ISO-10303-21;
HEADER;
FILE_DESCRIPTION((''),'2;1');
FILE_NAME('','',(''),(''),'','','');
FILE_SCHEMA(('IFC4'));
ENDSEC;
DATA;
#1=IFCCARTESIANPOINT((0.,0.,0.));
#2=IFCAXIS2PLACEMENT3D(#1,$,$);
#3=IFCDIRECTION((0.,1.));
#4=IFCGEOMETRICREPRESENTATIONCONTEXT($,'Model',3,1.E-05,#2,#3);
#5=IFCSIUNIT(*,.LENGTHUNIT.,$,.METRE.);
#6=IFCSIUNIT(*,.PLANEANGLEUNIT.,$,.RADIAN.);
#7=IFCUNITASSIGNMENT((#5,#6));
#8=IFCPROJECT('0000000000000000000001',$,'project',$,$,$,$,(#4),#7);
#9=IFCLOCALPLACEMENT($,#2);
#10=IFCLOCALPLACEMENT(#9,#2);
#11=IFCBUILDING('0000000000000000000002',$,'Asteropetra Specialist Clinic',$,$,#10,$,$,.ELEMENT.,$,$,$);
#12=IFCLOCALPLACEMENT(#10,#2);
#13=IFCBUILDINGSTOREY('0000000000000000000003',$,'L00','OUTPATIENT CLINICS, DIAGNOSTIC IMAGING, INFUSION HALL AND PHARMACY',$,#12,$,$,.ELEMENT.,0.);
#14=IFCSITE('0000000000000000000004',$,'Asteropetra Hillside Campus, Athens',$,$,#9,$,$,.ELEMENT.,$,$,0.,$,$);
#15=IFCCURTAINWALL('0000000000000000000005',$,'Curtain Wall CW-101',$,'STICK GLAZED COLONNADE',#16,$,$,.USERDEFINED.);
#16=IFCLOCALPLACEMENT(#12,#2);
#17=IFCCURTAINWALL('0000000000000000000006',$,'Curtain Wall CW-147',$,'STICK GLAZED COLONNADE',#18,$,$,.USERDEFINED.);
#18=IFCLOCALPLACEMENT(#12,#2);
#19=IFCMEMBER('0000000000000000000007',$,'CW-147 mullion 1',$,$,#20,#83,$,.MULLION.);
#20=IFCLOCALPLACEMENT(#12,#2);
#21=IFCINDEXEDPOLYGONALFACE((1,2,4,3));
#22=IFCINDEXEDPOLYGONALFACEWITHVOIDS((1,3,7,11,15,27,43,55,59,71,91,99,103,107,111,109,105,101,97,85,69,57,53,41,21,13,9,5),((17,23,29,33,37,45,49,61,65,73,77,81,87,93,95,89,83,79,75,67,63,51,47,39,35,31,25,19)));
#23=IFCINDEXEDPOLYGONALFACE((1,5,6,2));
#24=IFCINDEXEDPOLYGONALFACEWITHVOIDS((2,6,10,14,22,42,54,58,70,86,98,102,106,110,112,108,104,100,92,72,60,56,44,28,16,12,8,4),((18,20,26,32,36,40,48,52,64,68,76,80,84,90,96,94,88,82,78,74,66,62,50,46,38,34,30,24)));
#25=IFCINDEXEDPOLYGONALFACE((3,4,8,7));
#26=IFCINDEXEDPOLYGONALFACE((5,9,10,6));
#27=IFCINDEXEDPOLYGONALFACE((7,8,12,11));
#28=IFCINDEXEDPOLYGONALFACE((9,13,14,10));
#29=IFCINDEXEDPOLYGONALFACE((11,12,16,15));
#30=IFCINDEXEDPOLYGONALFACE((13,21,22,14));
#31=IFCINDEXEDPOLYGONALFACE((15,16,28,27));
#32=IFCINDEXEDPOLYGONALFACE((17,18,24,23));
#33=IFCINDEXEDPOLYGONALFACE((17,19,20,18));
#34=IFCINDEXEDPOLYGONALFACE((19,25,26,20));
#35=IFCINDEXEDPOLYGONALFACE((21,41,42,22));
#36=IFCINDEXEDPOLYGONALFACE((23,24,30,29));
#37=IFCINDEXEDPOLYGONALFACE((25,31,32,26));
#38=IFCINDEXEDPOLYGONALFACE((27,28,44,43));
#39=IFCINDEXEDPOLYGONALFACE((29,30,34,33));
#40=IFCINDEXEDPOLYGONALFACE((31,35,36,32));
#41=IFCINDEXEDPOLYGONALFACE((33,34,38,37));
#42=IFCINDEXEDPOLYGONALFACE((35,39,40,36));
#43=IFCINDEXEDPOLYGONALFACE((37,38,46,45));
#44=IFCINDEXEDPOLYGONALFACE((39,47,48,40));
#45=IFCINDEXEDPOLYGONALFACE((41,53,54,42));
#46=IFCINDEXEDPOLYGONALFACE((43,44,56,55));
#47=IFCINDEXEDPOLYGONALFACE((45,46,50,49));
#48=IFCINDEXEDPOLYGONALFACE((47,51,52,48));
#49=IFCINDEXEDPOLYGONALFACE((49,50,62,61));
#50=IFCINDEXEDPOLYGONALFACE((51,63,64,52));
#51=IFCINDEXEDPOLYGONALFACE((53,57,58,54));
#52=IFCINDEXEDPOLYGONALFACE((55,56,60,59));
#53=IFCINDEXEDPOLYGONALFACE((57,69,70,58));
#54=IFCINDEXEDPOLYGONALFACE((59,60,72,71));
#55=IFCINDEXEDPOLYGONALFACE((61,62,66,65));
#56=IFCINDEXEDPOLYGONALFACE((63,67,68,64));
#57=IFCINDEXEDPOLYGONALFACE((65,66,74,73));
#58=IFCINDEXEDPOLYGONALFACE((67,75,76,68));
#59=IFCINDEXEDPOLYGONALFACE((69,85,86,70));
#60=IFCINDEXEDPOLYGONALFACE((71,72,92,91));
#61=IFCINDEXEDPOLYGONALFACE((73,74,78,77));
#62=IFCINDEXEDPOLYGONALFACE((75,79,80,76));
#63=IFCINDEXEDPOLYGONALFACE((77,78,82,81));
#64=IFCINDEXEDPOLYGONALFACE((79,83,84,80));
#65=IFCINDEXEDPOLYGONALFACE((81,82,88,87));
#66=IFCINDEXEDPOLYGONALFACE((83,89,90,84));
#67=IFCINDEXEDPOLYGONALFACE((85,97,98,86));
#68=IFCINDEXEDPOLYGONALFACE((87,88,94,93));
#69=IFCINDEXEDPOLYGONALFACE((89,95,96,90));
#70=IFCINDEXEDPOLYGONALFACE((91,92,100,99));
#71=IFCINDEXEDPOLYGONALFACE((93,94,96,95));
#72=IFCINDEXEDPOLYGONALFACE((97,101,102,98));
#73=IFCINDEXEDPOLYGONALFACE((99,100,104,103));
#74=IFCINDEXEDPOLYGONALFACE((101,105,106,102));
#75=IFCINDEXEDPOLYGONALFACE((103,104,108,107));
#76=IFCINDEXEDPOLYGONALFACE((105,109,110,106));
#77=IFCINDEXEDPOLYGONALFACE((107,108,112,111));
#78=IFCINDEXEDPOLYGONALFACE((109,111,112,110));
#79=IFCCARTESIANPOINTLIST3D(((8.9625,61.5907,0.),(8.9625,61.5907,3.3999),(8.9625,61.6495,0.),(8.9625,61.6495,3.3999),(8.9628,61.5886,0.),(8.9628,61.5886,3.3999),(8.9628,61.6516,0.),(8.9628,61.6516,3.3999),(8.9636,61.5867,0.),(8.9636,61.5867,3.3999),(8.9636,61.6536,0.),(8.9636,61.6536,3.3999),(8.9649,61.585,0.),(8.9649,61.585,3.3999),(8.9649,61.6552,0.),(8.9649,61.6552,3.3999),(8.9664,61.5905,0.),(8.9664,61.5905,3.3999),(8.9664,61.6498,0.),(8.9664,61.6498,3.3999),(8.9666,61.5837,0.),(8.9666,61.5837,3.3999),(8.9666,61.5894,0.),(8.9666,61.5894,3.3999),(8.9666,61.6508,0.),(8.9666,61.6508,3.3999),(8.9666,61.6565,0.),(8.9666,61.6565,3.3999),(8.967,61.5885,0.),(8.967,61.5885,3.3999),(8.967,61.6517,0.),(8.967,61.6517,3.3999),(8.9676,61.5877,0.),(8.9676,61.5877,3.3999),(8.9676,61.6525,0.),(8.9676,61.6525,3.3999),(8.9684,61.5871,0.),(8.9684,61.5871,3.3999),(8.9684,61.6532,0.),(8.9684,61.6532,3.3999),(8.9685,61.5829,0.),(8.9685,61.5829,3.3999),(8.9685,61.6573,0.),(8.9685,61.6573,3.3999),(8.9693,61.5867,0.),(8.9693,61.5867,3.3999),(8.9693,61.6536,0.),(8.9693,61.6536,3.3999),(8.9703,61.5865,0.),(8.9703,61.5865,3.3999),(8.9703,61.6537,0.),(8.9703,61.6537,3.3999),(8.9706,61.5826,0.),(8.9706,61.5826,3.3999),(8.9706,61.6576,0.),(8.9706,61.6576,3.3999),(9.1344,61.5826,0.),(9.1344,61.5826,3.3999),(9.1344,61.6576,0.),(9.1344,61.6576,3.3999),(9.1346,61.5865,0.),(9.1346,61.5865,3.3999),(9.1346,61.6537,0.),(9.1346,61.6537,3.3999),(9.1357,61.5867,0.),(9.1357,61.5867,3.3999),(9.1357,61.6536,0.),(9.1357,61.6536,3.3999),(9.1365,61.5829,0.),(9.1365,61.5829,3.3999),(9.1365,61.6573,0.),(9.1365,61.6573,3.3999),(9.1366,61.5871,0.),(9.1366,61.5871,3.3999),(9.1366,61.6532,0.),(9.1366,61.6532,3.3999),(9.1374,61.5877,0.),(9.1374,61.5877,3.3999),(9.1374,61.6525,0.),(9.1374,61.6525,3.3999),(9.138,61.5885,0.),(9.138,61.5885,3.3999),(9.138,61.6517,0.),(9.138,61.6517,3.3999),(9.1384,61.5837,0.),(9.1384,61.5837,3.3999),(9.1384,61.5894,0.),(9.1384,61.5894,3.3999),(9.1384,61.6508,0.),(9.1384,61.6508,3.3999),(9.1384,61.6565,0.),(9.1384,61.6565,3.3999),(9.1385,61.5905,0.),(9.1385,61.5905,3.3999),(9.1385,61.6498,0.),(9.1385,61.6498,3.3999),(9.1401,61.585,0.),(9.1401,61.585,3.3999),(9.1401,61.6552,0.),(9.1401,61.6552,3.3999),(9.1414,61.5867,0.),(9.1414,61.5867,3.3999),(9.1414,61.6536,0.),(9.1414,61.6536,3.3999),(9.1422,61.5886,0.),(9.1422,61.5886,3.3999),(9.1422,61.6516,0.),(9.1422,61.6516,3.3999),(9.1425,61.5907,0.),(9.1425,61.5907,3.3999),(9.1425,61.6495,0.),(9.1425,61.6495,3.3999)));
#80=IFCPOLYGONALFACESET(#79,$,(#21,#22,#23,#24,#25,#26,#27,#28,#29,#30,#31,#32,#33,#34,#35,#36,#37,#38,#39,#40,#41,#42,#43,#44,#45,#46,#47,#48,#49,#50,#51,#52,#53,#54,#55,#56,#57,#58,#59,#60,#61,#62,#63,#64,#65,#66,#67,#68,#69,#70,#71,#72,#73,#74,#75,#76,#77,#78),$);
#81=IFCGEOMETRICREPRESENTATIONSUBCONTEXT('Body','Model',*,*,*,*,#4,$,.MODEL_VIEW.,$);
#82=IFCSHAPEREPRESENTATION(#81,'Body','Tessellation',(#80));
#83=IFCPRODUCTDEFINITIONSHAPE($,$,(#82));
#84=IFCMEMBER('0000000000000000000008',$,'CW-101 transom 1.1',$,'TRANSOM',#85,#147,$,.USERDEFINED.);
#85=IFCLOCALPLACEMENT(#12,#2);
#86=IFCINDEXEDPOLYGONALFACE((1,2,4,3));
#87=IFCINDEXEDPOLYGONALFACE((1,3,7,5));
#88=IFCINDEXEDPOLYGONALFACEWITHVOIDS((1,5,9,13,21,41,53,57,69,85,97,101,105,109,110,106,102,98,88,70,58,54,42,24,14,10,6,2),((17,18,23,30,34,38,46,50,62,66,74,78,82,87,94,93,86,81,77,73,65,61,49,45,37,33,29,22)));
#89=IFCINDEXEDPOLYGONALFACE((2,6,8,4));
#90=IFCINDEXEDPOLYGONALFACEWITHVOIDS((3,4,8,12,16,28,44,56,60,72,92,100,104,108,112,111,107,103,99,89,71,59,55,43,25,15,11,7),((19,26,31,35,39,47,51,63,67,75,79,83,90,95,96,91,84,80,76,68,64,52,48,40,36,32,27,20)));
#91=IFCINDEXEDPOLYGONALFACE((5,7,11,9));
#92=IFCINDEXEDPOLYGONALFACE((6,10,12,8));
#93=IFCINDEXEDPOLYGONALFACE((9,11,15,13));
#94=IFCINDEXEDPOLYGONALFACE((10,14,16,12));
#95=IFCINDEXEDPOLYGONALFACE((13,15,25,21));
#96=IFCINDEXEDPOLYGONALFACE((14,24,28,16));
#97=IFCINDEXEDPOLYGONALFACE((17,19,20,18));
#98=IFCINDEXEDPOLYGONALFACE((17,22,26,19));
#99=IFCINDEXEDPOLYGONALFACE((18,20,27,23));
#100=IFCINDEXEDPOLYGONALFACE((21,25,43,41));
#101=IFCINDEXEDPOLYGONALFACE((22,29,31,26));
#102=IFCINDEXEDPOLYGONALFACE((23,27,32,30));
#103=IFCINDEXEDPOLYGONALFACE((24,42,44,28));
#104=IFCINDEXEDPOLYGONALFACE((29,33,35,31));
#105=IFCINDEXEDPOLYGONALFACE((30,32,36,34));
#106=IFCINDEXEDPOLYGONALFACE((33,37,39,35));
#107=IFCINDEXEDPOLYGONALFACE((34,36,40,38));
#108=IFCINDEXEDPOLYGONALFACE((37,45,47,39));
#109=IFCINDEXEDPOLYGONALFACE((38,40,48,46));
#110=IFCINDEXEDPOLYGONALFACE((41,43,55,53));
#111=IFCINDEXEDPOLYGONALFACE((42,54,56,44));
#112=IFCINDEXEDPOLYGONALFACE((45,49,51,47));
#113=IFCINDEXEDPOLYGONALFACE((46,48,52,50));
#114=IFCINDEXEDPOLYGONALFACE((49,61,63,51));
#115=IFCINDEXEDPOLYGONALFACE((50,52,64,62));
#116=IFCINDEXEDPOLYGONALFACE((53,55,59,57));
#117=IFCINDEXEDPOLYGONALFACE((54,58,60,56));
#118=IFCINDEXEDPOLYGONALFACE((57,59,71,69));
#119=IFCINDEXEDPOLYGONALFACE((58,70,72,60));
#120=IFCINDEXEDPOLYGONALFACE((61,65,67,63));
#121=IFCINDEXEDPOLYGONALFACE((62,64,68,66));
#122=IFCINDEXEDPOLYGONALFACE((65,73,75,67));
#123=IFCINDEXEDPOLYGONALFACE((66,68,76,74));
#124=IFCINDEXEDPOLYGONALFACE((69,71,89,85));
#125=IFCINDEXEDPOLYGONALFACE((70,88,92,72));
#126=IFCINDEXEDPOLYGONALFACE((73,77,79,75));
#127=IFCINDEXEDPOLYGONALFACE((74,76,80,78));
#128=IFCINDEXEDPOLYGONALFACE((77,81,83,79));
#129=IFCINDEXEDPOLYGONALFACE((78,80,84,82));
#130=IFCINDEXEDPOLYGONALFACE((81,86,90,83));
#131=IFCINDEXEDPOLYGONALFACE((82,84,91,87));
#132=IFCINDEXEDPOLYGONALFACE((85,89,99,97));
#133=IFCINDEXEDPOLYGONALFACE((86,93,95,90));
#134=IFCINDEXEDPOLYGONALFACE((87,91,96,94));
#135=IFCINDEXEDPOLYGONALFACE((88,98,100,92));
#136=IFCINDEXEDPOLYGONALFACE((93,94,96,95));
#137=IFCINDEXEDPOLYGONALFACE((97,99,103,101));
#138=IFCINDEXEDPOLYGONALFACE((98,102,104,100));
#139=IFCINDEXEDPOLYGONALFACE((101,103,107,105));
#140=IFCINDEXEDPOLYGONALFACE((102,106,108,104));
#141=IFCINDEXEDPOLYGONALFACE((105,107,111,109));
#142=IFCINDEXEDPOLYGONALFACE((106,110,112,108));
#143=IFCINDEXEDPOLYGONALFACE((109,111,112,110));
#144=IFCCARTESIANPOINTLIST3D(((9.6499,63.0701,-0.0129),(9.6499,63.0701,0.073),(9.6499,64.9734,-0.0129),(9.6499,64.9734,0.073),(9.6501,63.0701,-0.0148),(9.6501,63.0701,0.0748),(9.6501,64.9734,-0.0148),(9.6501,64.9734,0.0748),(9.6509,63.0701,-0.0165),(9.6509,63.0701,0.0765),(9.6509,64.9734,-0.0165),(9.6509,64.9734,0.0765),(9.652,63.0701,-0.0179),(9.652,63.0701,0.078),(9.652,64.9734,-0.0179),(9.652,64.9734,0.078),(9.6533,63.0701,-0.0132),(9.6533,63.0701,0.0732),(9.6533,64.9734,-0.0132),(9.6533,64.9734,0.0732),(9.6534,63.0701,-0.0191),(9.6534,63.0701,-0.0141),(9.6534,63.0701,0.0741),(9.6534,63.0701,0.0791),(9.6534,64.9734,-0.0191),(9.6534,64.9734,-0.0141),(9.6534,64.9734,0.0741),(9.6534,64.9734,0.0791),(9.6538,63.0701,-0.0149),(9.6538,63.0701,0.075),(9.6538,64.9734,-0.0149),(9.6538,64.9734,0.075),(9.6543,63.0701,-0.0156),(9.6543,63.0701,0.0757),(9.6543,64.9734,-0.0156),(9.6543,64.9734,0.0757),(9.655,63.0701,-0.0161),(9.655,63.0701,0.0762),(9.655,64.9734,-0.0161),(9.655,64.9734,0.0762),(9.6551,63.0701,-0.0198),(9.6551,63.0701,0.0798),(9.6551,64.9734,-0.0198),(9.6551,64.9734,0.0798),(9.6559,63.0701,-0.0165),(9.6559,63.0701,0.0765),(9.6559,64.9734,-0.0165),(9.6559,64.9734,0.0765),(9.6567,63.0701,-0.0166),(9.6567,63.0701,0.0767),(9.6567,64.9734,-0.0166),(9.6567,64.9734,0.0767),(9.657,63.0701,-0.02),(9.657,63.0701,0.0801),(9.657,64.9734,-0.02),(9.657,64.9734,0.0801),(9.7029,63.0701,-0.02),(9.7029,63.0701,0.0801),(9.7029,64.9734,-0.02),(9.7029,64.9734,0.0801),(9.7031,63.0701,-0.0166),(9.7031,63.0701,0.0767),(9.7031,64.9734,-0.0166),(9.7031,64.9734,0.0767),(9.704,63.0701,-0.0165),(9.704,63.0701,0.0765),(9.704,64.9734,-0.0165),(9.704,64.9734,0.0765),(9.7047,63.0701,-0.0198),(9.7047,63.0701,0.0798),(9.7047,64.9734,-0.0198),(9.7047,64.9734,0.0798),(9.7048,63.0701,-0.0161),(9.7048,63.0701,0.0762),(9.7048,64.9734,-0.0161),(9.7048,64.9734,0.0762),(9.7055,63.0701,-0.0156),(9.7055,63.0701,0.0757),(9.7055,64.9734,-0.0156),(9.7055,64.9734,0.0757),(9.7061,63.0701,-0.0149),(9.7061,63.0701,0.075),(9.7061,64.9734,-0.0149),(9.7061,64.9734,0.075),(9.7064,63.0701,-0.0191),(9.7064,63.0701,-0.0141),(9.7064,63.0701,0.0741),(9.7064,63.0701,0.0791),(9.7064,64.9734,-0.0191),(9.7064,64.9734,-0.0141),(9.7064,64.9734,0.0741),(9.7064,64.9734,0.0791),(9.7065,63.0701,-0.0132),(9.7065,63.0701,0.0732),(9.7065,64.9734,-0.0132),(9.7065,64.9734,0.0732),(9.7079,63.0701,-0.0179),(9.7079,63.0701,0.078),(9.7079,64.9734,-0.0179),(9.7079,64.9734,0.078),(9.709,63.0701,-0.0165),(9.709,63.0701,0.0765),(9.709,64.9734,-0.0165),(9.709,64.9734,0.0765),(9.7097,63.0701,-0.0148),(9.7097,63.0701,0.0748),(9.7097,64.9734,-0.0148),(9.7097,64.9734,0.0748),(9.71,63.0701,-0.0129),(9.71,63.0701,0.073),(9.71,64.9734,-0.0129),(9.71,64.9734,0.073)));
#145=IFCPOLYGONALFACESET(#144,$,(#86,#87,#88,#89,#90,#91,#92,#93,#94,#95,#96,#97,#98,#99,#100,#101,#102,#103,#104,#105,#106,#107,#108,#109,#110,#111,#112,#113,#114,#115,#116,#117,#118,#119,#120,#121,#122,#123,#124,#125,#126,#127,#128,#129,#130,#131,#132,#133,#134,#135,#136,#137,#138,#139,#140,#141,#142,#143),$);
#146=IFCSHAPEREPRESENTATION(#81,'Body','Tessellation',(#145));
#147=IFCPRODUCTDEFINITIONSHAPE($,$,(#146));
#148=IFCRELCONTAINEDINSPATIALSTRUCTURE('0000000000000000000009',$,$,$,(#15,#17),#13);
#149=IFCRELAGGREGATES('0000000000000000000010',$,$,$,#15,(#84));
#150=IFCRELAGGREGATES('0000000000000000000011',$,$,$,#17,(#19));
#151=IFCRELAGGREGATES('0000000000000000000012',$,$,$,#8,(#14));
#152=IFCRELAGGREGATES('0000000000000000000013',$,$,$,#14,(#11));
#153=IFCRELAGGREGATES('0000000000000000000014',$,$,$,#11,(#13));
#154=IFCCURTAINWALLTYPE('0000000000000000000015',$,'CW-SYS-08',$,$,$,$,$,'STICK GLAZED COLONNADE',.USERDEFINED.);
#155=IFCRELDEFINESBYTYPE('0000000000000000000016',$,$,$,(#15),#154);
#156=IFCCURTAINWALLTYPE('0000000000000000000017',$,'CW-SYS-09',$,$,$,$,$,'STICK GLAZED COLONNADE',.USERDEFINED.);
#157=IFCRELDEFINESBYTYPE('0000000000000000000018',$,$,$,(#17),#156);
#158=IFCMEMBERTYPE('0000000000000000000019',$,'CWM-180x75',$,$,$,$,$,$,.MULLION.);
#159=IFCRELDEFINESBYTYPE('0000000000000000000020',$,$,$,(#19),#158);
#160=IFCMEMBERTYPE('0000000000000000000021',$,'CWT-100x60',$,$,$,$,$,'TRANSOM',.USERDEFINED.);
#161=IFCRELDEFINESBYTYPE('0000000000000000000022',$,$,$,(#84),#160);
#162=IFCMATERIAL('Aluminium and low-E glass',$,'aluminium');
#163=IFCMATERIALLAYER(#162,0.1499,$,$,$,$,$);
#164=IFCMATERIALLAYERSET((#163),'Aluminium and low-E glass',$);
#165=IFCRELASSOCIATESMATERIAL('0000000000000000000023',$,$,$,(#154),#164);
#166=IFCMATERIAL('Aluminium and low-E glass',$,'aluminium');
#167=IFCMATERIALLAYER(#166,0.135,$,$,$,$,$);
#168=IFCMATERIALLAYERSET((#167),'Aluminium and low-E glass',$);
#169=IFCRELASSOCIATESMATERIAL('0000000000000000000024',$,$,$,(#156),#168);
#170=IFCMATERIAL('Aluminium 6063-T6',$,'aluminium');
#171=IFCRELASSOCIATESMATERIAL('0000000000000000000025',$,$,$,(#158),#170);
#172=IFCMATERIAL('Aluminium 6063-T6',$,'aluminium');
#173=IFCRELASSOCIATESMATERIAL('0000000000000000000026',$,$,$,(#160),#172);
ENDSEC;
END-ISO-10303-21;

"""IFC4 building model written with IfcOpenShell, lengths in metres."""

from ifc_helpers import new_model, si_unit, direction, frame, origin, origin_2d, place, context, subcontext, project, spatial, hollow_rectangle, extrude, material, layer, layer_set, material_profile, profile_set, type_object, element, aggregate, save


model = new_model("IFC4")

# Units and contexts
model_context = context("Model", 3, precision=1e-05, world=origin(), true_north=direction((0.0, 1.0)))
body_context = subcontext(model_context, "Body", "Model", "MODEL_VIEW")
ifc_project = project(units=[si_unit("LENGTHUNIT", "METRE"), si_unit("PLANEANGLEUNIT", "RADIAN")], contexts=[model_context])

# Site, building, storey
site_placement = place(None, origin())
site = spatial("IfcSite", under=ifc_project, at=site_placement, Name="Asteropetra Hillside Campus, Athens", CompositionType="ELEMENT", RefElevation=0.0)
building_placement = place(site_placement, origin())
building = spatial("IfcBuilding", under=site, at=building_placement, Name="Asteropetra Specialist Clinic", CompositionType="ELEMENT")
storey_placement = place(building_placement, origin())
storey = spatial("IfcBuildingStorey", under=building, at=storey_placement, Name="L00", Description="OUTPATIENT CLINICS, DIAGNOSTIC IMAGING, INFUSION HALL AND PHARMACY", CompositionType="ELEMENT", Elevation=0.0)

# Curtain walls, member
ifc_material_1 = material(Name="Aluminium and low-E glass", Category="aluminium")
ifc_layer_1 = layer(ifc_material_1, 0.1499)
ifc_layer_set_1 = layer_set([ifc_layer_1], Name="Aluminium and low-E glass")
curtain_wall_type_1 = type_object("IfcCurtainWallType", Name="CW-SYS-08", ElementType="STICK GLAZED COLONNADE", PredefinedType="USERDEFINED", material=ifc_layer_set_1)
curtain_wall_1_placement = place(storey_placement, origin())
curtain_wall_1 = element("IfcCurtainWall", 1, at=curtain_wall_1_placement, inside=storey, type_object=curtain_wall_type_1, Name="Curtain Wall CW-101", ObjectType="STICK GLAZED COLONNADE", PredefinedType="USERDEFINED")
ifc_material_2 = material(Name="Aluminium and low-E glass", Category="aluminium")
ifc_layer_2 = layer(ifc_material_2, 0.135)
ifc_layer_set_2 = layer_set([ifc_layer_2], Name="Aluminium and low-E glass")
curtain_wall_type_2 = type_object("IfcCurtainWallType", Name="CW-SYS-09", ElementType="STICK GLAZED COLONNADE", PredefinedType="USERDEFINED", material=ifc_layer_set_2)
curtain_wall_2_placement = place(storey_placement, origin())
curtain_wall_2 = element("IfcCurtainWall", 2, at=curtain_wall_2_placement, inside=storey, type_object=curtain_wall_type_2, Name="Curtain Wall CW-147", ObjectType="STICK GLAZED COLONNADE", PredefinedType="USERDEFINED")
ifc_material_3 = material(Name="Aluminium 6063-T6", Category="aluminium")
ifc_material_profile_1 = material_profile(ifc_material_3, hollow_rectangle(XDim=0.075, YDim=0.1799, WallThickness=0.0039, InnerFilletRadius=0.0039, OuterFilletRadius=0.0081, at=origin_2d()), Name="MUL 180x75x4.0")
ifc_profile_set_1 = profile_set([ifc_material_profile_1], Name="Aluminium 6063-T6")
member_type_1 = type_object("IfcMemberType", Name="CWM-180x75", PredefinedType="MULLION", material=ifc_profile_set_1)
member_1_placement = place(storey_placement, frame((9.0525, 61.6201, 0.0), z_axis=(0.0, 0.0, 1.0), x_axis=(0.0, -1.0, 0.0)))
member_1 = element("IfcMember", 3, at=member_1_placement, type_object=member_type_1, Name="CW-147 mullion 1", PredefinedType="MULLION", context=body_context, shape_type="SweptSolid", body=[
    extrude(hollow_rectangle(XDim=0.075, YDim=0.1799, WallThickness=0.0039, InnerFilletRadius=0.0039, OuterFilletRadius=0.0081, at=origin_2d()), origin(), (0.0, 0.0, 1.0), 3.3999),
])

# Member
ifc_material_4 = material(Name="Aluminium 6063-T6", Category="aluminium")
ifc_material_profile_2 = material_profile(ifc_material_4, hollow_rectangle(XDim=0.0601, YDim=0.1001, WallThickness=0.0034, InnerFilletRadius=0.0034, OuterFilletRadius=0.0071, at=origin_2d()), Name="TRN 100x60x3.5")
ifc_profile_set_2 = profile_set([ifc_material_profile_2], Name="Aluminium 6063-T6")
member_type_2 = type_object("IfcMemberType", Name="CWT-100x60", ElementType="TRANSOM", PredefinedType="USERDEFINED", material=ifc_profile_set_2)
member_2_placement = place(storey_placement, frame((9.6799, 63.0701, 0.03), z_axis=(0.0, 1.0, 0.0), x_axis=(-1.0, 0.0, 0.0)))
member_2 = element("IfcMember", 4, at=member_2_placement, type_object=member_type_2, Name="CW-101 transom 1.1", ObjectType="TRANSOM", PredefinedType="USERDEFINED", context=body_context, shape_type="SweptSolid", body=[
    extrude(hollow_rectangle(XDim=0.0601, YDim=0.1001, WallThickness=0.0034, InnerFilletRadius=0.0034, OuterFilletRadius=0.0071, at=origin_2d()), origin(), (0.0, 0.0, 1.0), 1.9033),
])

aggregate(curtain_wall_1, [member_2])
aggregate(curtain_wall_2, [member_1])

save(model, "model.ifc")
